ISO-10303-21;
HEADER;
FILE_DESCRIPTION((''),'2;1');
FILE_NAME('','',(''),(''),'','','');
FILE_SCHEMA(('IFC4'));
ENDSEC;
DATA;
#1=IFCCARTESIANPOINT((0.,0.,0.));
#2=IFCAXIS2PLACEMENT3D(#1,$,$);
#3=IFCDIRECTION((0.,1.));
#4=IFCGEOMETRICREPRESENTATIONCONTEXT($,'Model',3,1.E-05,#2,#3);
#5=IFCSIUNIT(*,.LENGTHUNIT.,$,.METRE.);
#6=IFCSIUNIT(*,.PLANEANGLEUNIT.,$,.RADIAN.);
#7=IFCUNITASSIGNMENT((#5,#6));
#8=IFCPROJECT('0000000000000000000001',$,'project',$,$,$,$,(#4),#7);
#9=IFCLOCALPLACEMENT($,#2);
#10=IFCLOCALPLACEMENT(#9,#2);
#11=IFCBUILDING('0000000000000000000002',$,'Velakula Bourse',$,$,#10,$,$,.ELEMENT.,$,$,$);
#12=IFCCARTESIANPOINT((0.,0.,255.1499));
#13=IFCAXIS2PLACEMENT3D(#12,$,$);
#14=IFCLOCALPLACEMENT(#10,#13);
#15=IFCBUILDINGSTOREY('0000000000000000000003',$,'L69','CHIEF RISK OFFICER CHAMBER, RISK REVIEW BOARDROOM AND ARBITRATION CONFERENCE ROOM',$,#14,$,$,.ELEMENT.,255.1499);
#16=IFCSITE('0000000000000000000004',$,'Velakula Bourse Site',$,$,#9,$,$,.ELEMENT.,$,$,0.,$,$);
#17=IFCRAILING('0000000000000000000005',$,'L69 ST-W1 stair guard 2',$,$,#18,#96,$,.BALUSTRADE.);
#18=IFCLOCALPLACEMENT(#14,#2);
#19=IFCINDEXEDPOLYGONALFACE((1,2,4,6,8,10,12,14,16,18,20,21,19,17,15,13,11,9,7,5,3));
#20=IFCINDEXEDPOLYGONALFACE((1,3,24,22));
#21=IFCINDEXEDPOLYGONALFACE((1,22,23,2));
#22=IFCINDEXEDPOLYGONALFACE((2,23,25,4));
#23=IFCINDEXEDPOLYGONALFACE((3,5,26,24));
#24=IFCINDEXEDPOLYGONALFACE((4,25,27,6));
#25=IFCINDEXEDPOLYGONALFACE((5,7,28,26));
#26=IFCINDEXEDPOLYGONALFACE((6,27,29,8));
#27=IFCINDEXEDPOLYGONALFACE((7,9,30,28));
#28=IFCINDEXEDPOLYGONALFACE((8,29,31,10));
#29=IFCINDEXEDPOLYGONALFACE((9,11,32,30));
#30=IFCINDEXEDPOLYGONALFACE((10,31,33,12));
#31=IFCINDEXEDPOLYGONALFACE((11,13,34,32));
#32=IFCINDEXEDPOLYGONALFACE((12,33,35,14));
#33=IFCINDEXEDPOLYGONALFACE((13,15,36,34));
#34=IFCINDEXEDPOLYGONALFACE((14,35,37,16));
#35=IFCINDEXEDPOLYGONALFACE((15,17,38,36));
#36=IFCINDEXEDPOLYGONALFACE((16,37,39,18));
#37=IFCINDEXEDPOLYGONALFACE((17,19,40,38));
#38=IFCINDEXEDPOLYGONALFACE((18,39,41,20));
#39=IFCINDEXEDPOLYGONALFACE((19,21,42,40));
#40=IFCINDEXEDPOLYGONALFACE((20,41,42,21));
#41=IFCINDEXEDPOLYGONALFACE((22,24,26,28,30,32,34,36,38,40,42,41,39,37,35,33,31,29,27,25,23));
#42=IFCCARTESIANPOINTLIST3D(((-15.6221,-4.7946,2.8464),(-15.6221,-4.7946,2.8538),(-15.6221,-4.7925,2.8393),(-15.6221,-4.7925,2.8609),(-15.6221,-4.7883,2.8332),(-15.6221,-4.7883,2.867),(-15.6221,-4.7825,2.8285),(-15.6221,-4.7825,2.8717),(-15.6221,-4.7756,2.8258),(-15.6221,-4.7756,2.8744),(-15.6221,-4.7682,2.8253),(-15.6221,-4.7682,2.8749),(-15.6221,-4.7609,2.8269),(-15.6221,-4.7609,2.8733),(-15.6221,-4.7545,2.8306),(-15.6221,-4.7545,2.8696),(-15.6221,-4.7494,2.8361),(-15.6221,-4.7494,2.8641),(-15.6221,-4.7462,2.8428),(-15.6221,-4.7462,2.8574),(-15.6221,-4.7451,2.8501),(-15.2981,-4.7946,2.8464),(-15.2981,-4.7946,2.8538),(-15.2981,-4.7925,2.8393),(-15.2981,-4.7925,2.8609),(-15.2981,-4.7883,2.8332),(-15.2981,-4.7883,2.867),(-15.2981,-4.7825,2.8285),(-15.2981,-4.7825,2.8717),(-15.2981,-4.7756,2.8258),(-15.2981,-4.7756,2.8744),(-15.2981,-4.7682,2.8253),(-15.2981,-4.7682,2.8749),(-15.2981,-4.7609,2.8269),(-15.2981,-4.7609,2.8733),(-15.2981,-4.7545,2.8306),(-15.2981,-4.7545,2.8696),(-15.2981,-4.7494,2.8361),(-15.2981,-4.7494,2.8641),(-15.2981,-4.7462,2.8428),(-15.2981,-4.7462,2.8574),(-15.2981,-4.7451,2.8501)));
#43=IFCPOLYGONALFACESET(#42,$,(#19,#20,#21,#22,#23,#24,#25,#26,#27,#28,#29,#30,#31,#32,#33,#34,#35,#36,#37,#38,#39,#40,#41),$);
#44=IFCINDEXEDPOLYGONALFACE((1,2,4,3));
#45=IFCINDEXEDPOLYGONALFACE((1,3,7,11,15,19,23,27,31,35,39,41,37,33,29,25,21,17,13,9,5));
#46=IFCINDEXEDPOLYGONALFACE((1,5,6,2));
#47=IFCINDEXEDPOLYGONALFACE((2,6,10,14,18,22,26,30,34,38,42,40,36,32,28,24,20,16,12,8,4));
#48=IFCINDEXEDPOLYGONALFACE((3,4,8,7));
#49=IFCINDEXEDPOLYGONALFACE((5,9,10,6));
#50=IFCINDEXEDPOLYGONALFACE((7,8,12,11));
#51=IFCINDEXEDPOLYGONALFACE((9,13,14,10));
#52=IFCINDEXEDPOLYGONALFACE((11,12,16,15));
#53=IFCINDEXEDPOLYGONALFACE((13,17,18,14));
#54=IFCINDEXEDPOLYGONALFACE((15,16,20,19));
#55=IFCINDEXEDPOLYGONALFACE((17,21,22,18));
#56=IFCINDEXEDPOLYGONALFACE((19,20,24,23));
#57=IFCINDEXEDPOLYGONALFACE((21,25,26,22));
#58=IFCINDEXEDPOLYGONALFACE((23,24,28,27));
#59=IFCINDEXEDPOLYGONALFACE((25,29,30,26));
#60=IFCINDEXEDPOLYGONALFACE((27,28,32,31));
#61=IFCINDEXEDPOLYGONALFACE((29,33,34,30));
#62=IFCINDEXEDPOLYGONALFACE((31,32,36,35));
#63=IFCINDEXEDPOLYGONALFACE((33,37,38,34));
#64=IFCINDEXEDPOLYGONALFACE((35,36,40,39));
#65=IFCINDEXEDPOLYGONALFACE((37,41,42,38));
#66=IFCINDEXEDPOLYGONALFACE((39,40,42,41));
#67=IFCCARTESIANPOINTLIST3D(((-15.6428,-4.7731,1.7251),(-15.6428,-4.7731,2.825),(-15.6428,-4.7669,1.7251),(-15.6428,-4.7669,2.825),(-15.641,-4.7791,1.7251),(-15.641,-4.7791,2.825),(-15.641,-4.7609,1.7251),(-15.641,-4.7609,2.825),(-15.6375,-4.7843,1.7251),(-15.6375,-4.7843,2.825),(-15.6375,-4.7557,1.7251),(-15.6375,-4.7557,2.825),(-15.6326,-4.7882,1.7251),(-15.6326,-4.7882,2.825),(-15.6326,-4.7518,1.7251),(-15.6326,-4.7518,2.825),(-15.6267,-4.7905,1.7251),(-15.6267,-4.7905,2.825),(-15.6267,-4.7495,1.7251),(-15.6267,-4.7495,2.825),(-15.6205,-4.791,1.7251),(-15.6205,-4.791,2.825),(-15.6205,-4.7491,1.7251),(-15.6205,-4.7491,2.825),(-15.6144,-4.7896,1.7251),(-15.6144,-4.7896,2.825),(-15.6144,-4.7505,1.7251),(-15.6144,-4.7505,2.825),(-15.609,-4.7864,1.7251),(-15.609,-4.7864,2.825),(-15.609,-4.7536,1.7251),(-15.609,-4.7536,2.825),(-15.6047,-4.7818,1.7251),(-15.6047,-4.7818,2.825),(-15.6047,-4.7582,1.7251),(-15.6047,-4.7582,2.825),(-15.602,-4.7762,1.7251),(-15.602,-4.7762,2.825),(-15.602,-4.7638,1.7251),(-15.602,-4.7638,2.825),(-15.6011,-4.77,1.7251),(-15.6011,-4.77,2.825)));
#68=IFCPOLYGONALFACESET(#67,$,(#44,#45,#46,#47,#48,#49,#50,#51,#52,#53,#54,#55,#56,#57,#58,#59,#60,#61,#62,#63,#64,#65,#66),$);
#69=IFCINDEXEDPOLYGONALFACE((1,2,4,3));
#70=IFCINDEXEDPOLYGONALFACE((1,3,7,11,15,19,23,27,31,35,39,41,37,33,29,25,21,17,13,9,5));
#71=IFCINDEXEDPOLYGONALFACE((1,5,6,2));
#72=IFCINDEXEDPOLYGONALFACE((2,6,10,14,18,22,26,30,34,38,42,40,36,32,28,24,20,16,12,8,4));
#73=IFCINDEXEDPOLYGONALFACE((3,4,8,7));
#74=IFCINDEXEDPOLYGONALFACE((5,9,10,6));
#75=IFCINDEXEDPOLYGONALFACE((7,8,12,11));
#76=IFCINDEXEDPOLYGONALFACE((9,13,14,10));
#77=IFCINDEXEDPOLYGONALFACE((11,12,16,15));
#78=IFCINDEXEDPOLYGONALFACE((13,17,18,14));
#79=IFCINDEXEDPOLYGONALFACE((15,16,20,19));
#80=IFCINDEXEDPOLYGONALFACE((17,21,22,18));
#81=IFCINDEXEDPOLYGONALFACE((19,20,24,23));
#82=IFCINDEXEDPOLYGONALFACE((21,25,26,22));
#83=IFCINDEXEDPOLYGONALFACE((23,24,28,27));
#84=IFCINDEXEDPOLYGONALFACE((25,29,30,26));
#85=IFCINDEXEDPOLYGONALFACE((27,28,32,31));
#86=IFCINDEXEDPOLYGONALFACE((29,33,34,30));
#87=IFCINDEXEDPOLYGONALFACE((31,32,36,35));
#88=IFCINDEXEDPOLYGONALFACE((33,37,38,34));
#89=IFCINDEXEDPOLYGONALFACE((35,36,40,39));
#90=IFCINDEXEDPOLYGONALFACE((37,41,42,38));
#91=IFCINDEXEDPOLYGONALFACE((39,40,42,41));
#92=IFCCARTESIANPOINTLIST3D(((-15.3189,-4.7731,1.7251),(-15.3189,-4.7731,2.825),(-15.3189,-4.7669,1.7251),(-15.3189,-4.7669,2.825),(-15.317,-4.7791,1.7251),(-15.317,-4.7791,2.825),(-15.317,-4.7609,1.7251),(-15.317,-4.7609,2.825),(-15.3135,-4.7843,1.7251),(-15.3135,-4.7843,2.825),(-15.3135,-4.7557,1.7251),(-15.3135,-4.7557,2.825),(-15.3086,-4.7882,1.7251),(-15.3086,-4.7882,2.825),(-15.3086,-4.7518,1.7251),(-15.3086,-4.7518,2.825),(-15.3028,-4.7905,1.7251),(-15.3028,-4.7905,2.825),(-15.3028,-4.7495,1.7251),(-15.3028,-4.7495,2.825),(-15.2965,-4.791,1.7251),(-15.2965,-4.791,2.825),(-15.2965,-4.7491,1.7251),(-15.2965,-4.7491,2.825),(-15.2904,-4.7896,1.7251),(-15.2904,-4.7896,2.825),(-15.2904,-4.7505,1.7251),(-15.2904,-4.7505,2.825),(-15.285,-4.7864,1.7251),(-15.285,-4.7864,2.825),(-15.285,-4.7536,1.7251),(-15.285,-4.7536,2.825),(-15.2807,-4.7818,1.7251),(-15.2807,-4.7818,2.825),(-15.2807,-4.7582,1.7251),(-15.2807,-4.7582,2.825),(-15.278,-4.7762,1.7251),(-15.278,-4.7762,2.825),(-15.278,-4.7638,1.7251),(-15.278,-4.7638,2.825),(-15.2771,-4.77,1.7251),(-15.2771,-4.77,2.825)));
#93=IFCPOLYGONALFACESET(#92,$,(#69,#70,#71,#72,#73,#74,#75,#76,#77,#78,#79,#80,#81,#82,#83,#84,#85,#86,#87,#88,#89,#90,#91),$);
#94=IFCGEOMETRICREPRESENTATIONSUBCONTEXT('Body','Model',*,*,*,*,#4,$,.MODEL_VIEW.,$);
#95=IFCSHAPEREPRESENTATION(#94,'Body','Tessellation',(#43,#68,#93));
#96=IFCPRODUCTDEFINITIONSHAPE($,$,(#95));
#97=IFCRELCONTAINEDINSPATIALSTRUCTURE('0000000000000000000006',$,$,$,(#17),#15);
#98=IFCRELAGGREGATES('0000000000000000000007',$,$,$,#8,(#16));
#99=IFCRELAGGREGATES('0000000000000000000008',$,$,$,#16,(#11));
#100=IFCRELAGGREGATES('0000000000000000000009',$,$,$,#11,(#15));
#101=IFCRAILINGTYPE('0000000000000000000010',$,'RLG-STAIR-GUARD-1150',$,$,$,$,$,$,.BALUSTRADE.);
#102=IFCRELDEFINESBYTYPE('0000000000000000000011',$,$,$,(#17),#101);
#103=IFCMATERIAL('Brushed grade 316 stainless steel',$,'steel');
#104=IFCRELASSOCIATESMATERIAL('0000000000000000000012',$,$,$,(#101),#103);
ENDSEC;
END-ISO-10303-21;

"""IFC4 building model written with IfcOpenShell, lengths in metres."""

from ifc_helpers import new_model, si_unit, direction, frame, origin, origin_2d, place, context, subcontext, project, spatial, circle, extrude, material, type_object, element, save


model = new_model("IFC4")

# Units and contexts
model_context = context("Model", 3, precision=1e-05, world=origin(), true_north=direction((0.0, 1.0)))
body_context = subcontext(model_context, "Body", "Model", "MODEL_VIEW")
ifc_project = project(units=[si_unit("LENGTHUNIT", "METRE"), si_unit("PLANEANGLEUNIT", "RADIAN")], contexts=[model_context])

# Site, building, storey
site_placement = place(None, origin())
site = spatial("IfcSite", under=ifc_project, at=site_placement, Name="Velakula Bourse Site", CompositionType="ELEMENT", RefElevation=0.0)
building_placement = place(site_placement, origin())
building = spatial("IfcBuilding", under=site, at=building_placement, Name="Velakula Bourse", CompositionType="ELEMENT")
storey_placement = place(building_placement, frame((0.0, 0.0, 255.1499)))
storey = spatial("IfcBuildingStorey", under=building, at=storey_placement, Name="L69", Description="CHIEF RISK OFFICER CHAMBER, RISK REVIEW BOARDROOM AND ARBITRATION CONFERENCE ROOM", CompositionType="ELEMENT", Elevation=255.1499)

# Shared definitions
ifc_material_1 = material(Name="Brushed grade 316 stainless steel", Category="steel")

# Railing
railing_type_1 = type_object("IfcRailingType", Name="RLG-STAIR-GUARD-1150", PredefinedType="BALUSTRADE", material=ifc_material_1)
railing_1_placement = place(storey_placement, frame((-15.6221, -4.77, 1.7251)))
element("IfcRailing", 1, at=railing_1_placement, inside=storey, type_object=railing_type_1, Name="L69 ST-W1 stair guard 2", PredefinedType="BALUSTRADE", context=body_context, shape_type="SweptSolid", body=[
    extrude(circle(Radius=0.0249, at=origin_2d()), frame((0.0, 0.0, 1.125), z_axis=(1.0, 0.0, 0.0), x_axis=(0.0, 1.0, 0.0)), (0.0, 0.0, 1.0), 0.324),
    extrude(circle(Radius=0.021, at=origin_2d()), origin(), (0.0, 0.0, 1.0), 1.0999),
    extrude(circle(Radius=0.021, at=origin_2d()), frame((0.324, 0.0, 0.0)), (0.0, 0.0, 1.0), 1.0999),
])

save(model, "model.ifc")
